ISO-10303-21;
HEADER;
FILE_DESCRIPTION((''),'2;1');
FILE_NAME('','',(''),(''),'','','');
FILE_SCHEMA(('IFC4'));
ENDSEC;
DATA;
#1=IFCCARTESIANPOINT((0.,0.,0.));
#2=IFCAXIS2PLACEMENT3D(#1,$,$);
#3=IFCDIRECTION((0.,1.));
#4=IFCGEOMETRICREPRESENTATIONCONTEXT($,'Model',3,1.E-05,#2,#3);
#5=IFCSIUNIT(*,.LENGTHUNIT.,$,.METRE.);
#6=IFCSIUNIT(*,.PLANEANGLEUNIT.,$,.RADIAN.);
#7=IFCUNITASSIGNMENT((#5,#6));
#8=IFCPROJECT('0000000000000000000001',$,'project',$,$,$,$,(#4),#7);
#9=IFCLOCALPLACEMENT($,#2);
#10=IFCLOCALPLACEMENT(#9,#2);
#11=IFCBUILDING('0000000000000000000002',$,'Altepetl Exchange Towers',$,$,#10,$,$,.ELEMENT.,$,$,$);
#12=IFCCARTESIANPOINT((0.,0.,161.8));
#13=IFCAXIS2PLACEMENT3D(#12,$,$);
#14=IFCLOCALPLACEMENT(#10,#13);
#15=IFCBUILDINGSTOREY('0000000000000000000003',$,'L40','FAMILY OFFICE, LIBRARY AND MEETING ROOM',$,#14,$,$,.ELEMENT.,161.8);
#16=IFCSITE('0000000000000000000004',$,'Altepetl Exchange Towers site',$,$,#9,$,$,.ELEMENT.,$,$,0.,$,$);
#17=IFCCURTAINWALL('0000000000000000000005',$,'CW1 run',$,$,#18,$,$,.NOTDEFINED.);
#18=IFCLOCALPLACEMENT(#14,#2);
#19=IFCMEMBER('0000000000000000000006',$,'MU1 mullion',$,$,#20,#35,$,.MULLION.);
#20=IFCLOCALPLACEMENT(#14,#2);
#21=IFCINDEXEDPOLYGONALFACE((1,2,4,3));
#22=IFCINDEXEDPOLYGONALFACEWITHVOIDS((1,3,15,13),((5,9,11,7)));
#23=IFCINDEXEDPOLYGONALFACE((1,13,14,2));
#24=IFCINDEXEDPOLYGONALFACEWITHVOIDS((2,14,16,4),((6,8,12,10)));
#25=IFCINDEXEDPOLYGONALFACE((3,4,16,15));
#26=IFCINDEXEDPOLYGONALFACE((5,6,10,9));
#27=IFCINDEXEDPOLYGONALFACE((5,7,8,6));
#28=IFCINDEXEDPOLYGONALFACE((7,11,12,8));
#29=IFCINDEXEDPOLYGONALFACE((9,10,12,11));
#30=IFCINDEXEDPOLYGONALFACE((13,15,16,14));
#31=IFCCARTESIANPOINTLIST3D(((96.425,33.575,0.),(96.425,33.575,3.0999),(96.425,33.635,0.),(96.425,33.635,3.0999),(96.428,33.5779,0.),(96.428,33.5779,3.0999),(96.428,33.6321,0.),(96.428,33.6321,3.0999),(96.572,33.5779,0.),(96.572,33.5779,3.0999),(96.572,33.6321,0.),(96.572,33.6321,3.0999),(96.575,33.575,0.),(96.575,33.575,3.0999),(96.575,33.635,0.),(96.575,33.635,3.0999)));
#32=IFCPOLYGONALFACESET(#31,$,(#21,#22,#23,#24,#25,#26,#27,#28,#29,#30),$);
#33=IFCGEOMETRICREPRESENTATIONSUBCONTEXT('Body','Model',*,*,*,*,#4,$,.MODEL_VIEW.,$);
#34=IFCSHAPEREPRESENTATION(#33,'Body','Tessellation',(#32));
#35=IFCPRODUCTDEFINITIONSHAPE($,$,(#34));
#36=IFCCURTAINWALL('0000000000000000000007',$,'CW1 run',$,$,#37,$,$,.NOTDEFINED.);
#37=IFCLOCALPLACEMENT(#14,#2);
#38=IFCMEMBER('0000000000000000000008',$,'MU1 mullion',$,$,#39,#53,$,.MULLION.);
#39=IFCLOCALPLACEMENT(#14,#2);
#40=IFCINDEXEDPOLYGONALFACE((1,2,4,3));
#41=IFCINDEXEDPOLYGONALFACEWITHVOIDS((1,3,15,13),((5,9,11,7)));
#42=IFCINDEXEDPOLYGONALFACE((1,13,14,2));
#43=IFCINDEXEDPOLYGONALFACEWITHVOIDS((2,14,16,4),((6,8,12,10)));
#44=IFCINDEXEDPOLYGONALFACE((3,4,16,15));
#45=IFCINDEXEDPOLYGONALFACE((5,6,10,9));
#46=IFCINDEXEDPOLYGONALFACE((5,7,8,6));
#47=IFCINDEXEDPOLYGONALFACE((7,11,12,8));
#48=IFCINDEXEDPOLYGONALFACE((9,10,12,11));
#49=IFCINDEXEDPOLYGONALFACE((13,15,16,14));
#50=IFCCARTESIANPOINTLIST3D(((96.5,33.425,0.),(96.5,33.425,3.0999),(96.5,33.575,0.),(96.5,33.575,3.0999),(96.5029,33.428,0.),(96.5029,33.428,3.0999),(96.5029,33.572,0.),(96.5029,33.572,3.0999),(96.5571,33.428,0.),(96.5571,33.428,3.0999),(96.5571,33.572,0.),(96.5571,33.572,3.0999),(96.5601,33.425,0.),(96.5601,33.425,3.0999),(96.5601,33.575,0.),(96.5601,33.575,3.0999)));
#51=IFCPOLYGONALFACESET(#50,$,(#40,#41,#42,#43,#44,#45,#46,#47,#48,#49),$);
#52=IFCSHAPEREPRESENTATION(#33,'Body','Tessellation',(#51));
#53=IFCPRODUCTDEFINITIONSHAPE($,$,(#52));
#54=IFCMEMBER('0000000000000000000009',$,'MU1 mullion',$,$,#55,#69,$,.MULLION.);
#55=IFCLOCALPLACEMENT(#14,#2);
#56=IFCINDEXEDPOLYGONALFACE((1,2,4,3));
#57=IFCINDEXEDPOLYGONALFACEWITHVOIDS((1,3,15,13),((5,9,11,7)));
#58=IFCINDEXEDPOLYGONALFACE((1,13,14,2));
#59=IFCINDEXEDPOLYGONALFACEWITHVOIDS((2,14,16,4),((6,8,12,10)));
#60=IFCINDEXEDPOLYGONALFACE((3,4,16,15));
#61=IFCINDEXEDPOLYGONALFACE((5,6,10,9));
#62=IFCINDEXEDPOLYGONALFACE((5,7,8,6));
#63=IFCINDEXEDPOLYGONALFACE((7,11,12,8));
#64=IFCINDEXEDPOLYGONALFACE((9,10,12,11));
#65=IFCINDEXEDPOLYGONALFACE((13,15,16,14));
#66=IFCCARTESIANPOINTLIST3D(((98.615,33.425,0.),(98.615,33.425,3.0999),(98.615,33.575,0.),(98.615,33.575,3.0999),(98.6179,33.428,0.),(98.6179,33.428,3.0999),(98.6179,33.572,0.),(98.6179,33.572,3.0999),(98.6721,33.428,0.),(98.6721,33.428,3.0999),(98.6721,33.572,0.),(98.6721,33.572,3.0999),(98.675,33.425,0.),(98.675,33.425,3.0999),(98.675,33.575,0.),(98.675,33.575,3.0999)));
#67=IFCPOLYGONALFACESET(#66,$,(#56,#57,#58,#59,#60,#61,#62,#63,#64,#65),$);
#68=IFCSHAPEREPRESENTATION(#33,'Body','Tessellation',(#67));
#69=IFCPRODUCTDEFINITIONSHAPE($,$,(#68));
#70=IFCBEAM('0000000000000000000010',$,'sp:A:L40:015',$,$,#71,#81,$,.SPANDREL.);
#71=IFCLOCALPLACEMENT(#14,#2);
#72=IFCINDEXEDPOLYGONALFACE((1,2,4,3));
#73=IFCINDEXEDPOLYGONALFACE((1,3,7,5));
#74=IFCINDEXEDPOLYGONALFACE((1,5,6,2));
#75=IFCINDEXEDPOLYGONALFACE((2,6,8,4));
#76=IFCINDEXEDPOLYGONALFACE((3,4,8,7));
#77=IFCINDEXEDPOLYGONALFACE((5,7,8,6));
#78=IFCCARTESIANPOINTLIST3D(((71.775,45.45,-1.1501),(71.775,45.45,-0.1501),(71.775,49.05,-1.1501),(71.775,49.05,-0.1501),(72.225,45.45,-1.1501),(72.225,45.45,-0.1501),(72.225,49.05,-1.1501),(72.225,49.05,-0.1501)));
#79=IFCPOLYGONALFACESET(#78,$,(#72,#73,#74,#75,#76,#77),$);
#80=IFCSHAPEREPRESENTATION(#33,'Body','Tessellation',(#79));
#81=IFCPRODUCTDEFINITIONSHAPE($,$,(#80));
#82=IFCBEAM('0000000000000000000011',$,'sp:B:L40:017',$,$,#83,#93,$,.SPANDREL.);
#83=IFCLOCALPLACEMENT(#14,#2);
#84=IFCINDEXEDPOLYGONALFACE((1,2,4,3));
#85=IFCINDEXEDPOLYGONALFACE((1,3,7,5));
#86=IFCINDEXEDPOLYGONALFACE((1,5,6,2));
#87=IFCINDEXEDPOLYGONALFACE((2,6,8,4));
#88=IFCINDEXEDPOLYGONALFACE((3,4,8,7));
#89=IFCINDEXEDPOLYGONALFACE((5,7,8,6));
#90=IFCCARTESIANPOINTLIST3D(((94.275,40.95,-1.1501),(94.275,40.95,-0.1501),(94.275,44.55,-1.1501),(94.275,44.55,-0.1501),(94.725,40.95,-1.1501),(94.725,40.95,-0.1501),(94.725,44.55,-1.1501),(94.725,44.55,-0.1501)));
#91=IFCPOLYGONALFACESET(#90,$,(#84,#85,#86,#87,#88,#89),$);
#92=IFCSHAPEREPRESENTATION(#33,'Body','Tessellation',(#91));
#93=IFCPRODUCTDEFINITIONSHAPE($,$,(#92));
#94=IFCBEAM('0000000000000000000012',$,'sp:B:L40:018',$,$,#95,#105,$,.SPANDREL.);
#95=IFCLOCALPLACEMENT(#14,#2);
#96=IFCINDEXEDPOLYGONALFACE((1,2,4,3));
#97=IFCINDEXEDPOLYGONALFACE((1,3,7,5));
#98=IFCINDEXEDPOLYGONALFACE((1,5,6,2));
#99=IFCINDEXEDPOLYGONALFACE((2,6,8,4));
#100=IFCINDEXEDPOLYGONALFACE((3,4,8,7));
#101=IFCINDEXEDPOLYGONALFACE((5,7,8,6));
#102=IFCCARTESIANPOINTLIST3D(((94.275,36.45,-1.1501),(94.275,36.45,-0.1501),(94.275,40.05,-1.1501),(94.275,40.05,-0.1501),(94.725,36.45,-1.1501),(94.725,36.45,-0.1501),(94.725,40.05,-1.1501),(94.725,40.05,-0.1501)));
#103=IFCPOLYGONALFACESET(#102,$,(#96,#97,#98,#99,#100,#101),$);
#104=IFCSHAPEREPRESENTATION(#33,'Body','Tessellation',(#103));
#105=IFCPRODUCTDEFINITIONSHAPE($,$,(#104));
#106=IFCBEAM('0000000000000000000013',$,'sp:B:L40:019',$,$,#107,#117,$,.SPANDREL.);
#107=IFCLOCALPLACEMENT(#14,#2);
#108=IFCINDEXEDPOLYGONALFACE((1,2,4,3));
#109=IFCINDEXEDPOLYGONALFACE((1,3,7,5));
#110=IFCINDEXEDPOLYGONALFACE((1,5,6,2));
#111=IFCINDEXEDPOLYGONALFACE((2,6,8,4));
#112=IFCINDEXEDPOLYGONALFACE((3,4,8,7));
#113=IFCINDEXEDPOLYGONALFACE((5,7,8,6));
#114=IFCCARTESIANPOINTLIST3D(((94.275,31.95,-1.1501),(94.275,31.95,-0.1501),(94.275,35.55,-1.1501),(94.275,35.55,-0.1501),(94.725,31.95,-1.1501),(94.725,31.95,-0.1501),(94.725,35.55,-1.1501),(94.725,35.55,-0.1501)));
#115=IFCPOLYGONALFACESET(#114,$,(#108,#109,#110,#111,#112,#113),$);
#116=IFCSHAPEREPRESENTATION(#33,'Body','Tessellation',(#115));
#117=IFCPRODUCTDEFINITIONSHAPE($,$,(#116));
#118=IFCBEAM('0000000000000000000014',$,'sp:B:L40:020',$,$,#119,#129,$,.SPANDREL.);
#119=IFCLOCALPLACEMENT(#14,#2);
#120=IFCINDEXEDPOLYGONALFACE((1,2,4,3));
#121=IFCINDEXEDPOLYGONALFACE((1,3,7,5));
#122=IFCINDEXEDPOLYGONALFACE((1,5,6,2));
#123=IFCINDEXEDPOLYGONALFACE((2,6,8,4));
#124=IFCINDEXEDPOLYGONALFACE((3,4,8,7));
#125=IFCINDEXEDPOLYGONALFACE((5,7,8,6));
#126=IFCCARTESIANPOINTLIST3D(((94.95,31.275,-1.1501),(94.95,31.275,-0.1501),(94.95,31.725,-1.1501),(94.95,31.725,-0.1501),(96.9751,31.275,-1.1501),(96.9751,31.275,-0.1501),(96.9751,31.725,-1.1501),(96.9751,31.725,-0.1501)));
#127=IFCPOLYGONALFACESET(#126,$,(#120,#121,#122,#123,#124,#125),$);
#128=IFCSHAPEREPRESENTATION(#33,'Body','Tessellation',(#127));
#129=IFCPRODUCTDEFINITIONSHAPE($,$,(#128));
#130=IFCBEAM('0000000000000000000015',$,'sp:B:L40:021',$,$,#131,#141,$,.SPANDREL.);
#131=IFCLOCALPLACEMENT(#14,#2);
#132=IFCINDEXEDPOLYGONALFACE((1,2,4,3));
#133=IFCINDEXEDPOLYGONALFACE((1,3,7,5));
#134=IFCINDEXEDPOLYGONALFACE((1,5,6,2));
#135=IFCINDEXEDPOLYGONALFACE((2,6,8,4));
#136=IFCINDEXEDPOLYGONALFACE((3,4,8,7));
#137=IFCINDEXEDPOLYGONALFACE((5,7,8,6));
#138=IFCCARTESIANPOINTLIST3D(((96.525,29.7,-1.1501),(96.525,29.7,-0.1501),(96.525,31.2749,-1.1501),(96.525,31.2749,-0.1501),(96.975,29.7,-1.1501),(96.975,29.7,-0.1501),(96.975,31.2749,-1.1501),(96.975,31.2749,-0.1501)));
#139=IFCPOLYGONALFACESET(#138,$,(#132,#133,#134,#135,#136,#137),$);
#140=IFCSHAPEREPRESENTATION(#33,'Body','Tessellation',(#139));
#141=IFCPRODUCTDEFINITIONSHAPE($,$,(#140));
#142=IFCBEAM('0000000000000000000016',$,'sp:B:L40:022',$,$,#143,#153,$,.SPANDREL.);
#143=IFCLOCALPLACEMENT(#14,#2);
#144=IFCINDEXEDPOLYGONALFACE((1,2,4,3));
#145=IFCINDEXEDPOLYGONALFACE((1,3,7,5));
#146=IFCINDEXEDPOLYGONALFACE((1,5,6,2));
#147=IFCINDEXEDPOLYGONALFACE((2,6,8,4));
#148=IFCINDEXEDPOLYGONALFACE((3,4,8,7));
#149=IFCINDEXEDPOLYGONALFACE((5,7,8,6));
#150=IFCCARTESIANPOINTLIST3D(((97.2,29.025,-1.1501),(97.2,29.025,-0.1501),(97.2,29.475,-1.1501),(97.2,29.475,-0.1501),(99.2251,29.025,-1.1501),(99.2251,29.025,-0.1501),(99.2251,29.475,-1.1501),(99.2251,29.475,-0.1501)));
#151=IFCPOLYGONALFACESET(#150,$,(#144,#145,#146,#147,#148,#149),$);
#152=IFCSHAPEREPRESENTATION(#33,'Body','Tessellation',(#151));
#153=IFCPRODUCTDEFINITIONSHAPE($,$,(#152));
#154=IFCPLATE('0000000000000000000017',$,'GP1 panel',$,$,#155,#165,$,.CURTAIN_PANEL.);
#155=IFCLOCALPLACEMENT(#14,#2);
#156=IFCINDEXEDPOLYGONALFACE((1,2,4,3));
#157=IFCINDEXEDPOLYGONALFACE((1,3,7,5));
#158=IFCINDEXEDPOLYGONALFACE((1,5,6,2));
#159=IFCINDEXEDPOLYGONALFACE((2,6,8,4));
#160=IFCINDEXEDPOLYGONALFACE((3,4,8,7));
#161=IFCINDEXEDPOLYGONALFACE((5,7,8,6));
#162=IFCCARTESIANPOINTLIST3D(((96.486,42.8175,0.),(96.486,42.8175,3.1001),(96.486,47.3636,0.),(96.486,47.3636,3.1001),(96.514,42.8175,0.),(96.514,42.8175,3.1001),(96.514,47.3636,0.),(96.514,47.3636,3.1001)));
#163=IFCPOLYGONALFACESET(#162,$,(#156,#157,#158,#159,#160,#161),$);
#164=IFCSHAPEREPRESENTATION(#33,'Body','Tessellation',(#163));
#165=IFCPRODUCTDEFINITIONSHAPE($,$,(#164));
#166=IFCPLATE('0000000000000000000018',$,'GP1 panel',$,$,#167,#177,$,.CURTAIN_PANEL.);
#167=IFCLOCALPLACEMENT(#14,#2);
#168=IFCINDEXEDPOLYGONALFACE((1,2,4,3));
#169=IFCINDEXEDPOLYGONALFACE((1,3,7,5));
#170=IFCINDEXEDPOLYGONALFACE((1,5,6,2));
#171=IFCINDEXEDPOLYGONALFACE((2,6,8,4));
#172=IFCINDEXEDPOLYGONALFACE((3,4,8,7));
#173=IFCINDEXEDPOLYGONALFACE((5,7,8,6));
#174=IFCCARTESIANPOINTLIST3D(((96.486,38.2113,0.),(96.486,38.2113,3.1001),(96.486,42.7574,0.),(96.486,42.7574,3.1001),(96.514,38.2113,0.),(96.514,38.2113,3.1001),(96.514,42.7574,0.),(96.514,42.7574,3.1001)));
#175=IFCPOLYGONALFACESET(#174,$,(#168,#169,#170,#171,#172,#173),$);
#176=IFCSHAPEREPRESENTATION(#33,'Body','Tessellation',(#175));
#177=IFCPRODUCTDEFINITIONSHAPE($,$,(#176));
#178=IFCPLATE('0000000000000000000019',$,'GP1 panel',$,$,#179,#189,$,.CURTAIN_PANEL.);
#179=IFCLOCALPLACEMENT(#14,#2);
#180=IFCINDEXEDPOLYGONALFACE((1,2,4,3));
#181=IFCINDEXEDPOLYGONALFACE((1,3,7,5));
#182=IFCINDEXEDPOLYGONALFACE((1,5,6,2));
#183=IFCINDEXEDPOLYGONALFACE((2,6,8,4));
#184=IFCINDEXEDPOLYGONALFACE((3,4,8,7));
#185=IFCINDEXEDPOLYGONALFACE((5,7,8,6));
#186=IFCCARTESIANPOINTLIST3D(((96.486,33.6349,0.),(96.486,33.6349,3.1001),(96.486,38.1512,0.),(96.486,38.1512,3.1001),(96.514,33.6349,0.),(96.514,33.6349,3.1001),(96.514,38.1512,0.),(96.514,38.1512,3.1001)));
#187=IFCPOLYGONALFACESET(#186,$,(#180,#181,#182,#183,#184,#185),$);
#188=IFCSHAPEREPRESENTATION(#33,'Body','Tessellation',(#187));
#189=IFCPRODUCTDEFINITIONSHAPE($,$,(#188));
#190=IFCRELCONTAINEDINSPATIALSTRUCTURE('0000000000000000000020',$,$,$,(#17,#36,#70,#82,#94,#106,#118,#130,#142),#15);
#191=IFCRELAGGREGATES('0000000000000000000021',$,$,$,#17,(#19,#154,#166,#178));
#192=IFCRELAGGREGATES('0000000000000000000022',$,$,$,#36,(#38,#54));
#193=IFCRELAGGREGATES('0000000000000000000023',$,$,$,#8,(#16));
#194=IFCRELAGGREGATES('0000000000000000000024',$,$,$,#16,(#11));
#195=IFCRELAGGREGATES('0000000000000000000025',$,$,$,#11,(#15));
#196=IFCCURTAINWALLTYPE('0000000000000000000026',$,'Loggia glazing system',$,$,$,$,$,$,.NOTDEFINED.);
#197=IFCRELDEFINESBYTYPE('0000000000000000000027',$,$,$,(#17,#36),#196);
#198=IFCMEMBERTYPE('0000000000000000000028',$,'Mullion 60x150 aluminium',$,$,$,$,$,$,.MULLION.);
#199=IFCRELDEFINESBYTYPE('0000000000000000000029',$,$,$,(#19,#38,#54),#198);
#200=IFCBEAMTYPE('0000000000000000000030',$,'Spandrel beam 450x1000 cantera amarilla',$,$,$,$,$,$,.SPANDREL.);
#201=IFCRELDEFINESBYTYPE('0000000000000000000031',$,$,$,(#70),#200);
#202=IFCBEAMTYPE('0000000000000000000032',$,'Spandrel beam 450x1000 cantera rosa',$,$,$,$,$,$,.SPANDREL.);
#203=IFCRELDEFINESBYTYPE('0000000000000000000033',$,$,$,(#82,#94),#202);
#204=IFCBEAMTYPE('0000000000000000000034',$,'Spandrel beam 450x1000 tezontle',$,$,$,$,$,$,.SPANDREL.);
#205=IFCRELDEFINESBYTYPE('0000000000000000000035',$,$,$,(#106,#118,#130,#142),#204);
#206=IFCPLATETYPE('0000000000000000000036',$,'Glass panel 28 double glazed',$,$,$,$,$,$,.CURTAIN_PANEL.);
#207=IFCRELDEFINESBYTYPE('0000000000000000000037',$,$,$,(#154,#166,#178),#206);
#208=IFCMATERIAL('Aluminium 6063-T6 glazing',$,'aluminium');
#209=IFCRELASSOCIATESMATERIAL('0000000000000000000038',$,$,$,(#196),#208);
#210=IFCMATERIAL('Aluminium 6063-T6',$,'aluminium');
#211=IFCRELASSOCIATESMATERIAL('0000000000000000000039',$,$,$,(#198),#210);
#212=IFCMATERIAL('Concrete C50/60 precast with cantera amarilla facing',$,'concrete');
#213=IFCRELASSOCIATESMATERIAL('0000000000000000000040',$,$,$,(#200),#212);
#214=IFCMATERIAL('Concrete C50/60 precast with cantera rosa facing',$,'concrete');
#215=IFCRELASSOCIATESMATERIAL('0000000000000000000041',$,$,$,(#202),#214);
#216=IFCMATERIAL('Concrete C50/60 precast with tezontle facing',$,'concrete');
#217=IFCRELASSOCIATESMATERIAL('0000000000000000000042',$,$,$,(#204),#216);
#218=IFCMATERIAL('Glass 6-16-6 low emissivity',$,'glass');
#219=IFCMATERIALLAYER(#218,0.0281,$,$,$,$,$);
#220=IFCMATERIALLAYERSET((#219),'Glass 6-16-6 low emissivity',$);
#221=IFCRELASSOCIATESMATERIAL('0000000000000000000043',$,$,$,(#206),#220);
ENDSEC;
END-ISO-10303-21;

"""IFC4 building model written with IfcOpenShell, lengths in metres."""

from ifc_helpers import new_model, si_unit, direction, frame, origin, origin_2d, place, context, subcontext, project, spatial, rectangle, hollow_rectangle, extrude, material, layer, layer_set, material_profile, profile_set, type_object, element, aggregate, save


model = new_model("IFC4")

# Units and contexts
model_context = context("Model", 3, precision=1e-05, world=origin(), true_north=direction((0.0, 1.0)))
body_context = subcontext(model_context, "Body", "Model", "MODEL_VIEW")
ifc_project = project(units=[si_unit("LENGTHUNIT", "METRE"), si_unit("PLANEANGLEUNIT", "RADIAN")], contexts=[model_context])

# Site, building, storey
site_placement = place(None, origin())
site = spatial("IfcSite", under=ifc_project, at=site_placement, Name="Altepetl Exchange Towers site", CompositionType="ELEMENT", RefElevation=0.0)
building_placement = place(site_placement, origin())
building = spatial("IfcBuilding", under=site, at=building_placement, Name="Altepetl Exchange Towers", CompositionType="ELEMENT")
storey_placement = place(building_placement, frame((0.0, 0.0, 161.8)))
storey = spatial("IfcBuildingStorey", under=building, at=storey_placement, Name="L40", Description="FAMILY OFFICE, LIBRARY AND MEETING ROOM", CompositionType="ELEMENT", Elevation=161.8)

# Curtain walls, members
ifc_material_1 = material(Name="Aluminium 6063-T6 glazing", Category="aluminium")
curtain_wall_type = type_object("IfcCurtainWallType", Name="Loggia glazing system", PredefinedType="NOTDEFINED", material=ifc_material_1)
curtain_wall_1_placement = place(storey_placement, origin())
curtain_wall_1 = element("IfcCurtainWall", 1, at=curtain_wall_1_placement, inside=storey, type_object=curtain_wall_type, Name="CW1 run", PredefinedType="NOTDEFINED")
ifc_material_2 = material(Name="Aluminium 6063-T6", Category="aluminium")
ifc_material_profile_1 = material_profile(ifc_material_2, hollow_rectangle(XDim=0.0601, YDim=0.1499, WallThickness=0.0029, at=origin_2d()), Name="Mullion 60x150 aluminium")
ifc_profile_set_1 = profile_set([ifc_material_profile_1], Name="Aluminium 6063-T6")
member_type = type_object("IfcMemberType", Name="Mullion 60x150 aluminium", PredefinedType="MULLION", material=ifc_profile_set_1)
member_1_placement = place(storey_placement, frame((96.5, 33.605, 0.0), z_axis=(0.0, 0.0, 1.0), x_axis=(0.0, -1.0, 0.0)))
member_1 = element("IfcMember", 2, at=member_1_placement, type_object=member_type, Name="MU1 mullion", PredefinedType="MULLION", context=body_context, shape_type="SweptSolid", body=[
    extrude(hollow_rectangle(XDim=0.0601, YDim=0.1499, WallThickness=0.0029, at=origin_2d()), origin(), (0.0, 0.0, 1.0), 3.0999),
])
curtain_wall_2_placement = place(storey_placement, origin())
curtain_wall_2 = element("IfcCurtainWall", 3, at=curtain_wall_2_placement, inside=storey, type_object=curtain_wall_type, Name="CW1 run", PredefinedType="NOTDEFINED")
member_2_placement = place(storey_placement, frame((96.53, 33.5, 0.0)))
member_2 = element("IfcMember", 4, at=member_2_placement, type_object=member_type, Name="MU1 mullion", PredefinedType="MULLION", context=body_context, shape_type="SweptSolid", body=[
    extrude(hollow_rectangle(XDim=0.0601, YDim=0.1499, WallThickness=0.0029, at=origin_2d()), origin(), (0.0, 0.0, 1.0), 3.0999),
])
member_3_placement = place(storey_placement, frame((98.645, 33.5, 0.0)))
member_3 = element("IfcMember", 5, at=member_3_placement, type_object=member_type, Name="MU1 mullion", PredefinedType="MULLION", context=body_context, shape_type="SweptSolid", body=[
    extrude(hollow_rectangle(XDim=0.0601, YDim=0.1499, WallThickness=0.0029, at=origin_2d()), origin(), (0.0, 0.0, 1.0), 3.0999),
])

# Beams
ifc_material_3 = material(Name="Concrete C50/60 precast with cantera amarilla facing", Category="concrete")
ifc_material_profile_2 = material_profile(ifc_material_3, rectangle(XDim=0.45, YDim=1.0, at=origin_2d()), Name="450 x 1000")
ifc_profile_set_2 = profile_set([ifc_material_profile_2], Name="Concrete C50/60 precast with cantera amarilla facing")
beam_type_1 = type_object("IfcBeamType", Name="Spandrel beam 450x1000 cantera amarilla", PredefinedType="SPANDREL", material=ifc_profile_set_2)
beam_1_placement = place(storey_placement, frame((72.0, 45.45, -0.6501), z_axis=(0.0, 1.0, 0.0), x_axis=(-1.0, 0.0, 0.0)))
element("IfcBeam", 6, at=beam_1_placement, inside=storey, type_object=beam_type_1, Name="sp:A:L40:015", PredefinedType="SPANDREL", context=body_context, shape_type="SweptSolid", body=[
    extrude(rectangle(XDim=0.45, YDim=1.0, at=origin_2d()), origin(), (0.0, 0.0, 1.0), 3.6001),
])
ifc_material_4 = material(Name="Concrete C50/60 precast with cantera rosa facing", Category="concrete")
ifc_material_profile_3 = material_profile(ifc_material_4, rectangle(XDim=0.45, YDim=1.0, at=origin_2d()), Name="450 x 1000")
ifc_profile_set_3 = profile_set([ifc_material_profile_3], Name="Concrete C50/60 precast with cantera rosa facing")
beam_type_2 = type_object("IfcBeamType", Name="Spandrel beam 450x1000 cantera rosa", PredefinedType="SPANDREL", material=ifc_profile_set_3)
for number, where, z_axis, x_axis, name in (
    (7, (94.5, 44.55, -0.6501), (0.0, -1.0, 0.0), (1.0, 0.0, 0.0), "sp:B:L40:017"),
    (8, (94.5, 40.05, -0.6501), (0.0, -1.0, 0.0), (1.0, 0.0, 0.0), "sp:B:L40:018"),
):
    element("IfcBeam", number, at=place(storey_placement, frame(where, z_axis=z_axis, x_axis=x_axis)), inside=storey, type_object=beam_type_2, Name=name, PredefinedType="SPANDREL", context=body_context, shape_type="SweptSolid", body=[
        extrude(rectangle(XDim=0.45, YDim=1.0, at=origin_2d()), origin(), (0.0, 0.0, 1.0), 3.6001),
    ])
ifc_material_5 = material(Name="Concrete C50/60 precast with tezontle facing", Category="concrete")
ifc_material_profile_4 = material_profile(ifc_material_5, rectangle(XDim=0.45, YDim=1.0, at=origin_2d()), Name="450 x 1000")
ifc_profile_set_4 = profile_set([ifc_material_profile_4], Name="Concrete C50/60 precast with tezontle facing")
beam_type_3 = type_object("IfcBeamType", Name="Spandrel beam 450x1000 tezontle", PredefinedType="SPANDREL", material=ifc_profile_set_4)
beam_2_placement = place(storey_placement, frame((94.5, 35.55, -0.6501), z_axis=(0.0, -1.0, 0.0), x_axis=(1.0, 0.0, 0.0)))
element("IfcBeam", 9, at=beam_2_placement, inside=storey, type_object=beam_type_3, Name="sp:B:L40:019", PredefinedType="SPANDREL", context=body_context, shape_type="SweptSolid", body=[
    extrude(rectangle(XDim=0.45, YDim=1.0, at=origin_2d()), origin(), (0.0, 0.0, 1.0), 3.6001),
])
beam_3_placement = place(storey_placement, frame((94.95, 31.5, -0.6501), z_axis=(1.0, 0.0, 0.0), x_axis=(0.0, 1.0, 0.0)))
element("IfcBeam", 10, at=beam_3_placement, inside=storey, type_object=beam_type_3, Name="sp:B:L40:020", PredefinedType="SPANDREL", context=body_context, shape_type="SweptSolid", body=[
    extrude(rectangle(XDim=0.45, YDim=1.0, at=origin_2d()), origin(), (0.0, 0.0, 1.0), 2.0251),
])
beam_4_placement = place(storey_placement, frame((96.75, 31.2749, -0.6501), z_axis=(0.0, -1.0, 0.0), x_axis=(1.0, 0.0, 0.0)))
element("IfcBeam", 11, at=beam_4_placement, inside=storey, type_object=beam_type_3, Name="sp:B:L40:021", PredefinedType="SPANDREL", context=body_context, shape_type="SweptSolid", body=[
    extrude(rectangle(XDim=0.45, YDim=1.0, at=origin_2d()), origin(), (0.0, 0.0, 1.0), 1.575),
])
beam_5_placement = place(storey_placement, frame((97.2, 29.25, -0.6501), z_axis=(1.0, 0.0, 0.0), x_axis=(0.0, 1.0, 0.0)))
element("IfcBeam", 12, at=beam_5_placement, inside=storey, type_object=beam_type_3, Name="sp:B:L40:022", PredefinedType="SPANDREL", context=body_context, shape_type="SweptSolid", body=[
    extrude(rectangle(XDim=0.45, YDim=1.0, at=origin_2d()), origin(), (0.0, 0.0, 1.0), 2.0251),
])

# Plates
ifc_material_6 = material(Name="Glass 6-16-6 low emissivity", Category="glass")
ifc_layer_1 = layer(ifc_material_6, 0.0281)
ifc_layer_set_1 = layer_set([ifc_layer_1], Name="Glass 6-16-6 low emissivity")
plate_type = type_object("IfcPlateType", Name="Glass panel 28 double glazed", PredefinedType="CURTAIN_PANEL", material=ifc_layer_set_1)
plate_1_placement = place(storey_placement, frame((96.5, 45.0906, 0.0), z_axis=(0.0, 0.0, 1.0), x_axis=(0.0, -1.0, 0.0)))
plate_1 = element("IfcPlate", 13, at=plate_1_placement, type_object=plate_type, Name="GP1 panel", PredefinedType="CURTAIN_PANEL", context=body_context, shape_type="SweptSolid", body=[
    extrude(rectangle(XDim=4.5461, YDim=0.0281, at=origin_2d()), origin(), (0.0, 0.0, 1.0), 3.1001),
])
plate_2_placement = place(storey_placement, frame((96.5, 40.4844, 0.0), z_axis=(0.0, 0.0, 1.0), x_axis=(0.0, -1.0, 0.0)))
plate_2 = element("IfcPlate", 14, at=plate_2_placement, type_object=plate_type, Name="GP1 panel", PredefinedType="CURTAIN_PANEL", context=body_context, shape_type="SweptSolid", body=[
    extrude(rectangle(XDim=4.5461, YDim=0.0281, at=origin_2d()), origin(), (0.0, 0.0, 1.0), 3.1001),
])
plate_3_placement = place(storey_placement, frame((96.5, 35.8931, 0.0), z_axis=(0.0, 0.0, 1.0), x_axis=(0.0, -1.0, 0.0)))
plate_3 = element("IfcPlate", 15, at=plate_3_placement, type_object=plate_type, Name="GP1 panel", PredefinedType="CURTAIN_PANEL", context=body_context, shape_type="SweptSolid", body=[
    extrude(rectangle(XDim=4.5164, YDim=0.0281, at=origin_2d()), origin(), (0.0, 0.0, 1.0), 3.1001),
])
aggregate(curtain_wall_1, [member_1, plate_1, plate_2, plate_3])
aggregate(curtain_wall_2, [member_2, member_3])

save(model, "model.ifc")
